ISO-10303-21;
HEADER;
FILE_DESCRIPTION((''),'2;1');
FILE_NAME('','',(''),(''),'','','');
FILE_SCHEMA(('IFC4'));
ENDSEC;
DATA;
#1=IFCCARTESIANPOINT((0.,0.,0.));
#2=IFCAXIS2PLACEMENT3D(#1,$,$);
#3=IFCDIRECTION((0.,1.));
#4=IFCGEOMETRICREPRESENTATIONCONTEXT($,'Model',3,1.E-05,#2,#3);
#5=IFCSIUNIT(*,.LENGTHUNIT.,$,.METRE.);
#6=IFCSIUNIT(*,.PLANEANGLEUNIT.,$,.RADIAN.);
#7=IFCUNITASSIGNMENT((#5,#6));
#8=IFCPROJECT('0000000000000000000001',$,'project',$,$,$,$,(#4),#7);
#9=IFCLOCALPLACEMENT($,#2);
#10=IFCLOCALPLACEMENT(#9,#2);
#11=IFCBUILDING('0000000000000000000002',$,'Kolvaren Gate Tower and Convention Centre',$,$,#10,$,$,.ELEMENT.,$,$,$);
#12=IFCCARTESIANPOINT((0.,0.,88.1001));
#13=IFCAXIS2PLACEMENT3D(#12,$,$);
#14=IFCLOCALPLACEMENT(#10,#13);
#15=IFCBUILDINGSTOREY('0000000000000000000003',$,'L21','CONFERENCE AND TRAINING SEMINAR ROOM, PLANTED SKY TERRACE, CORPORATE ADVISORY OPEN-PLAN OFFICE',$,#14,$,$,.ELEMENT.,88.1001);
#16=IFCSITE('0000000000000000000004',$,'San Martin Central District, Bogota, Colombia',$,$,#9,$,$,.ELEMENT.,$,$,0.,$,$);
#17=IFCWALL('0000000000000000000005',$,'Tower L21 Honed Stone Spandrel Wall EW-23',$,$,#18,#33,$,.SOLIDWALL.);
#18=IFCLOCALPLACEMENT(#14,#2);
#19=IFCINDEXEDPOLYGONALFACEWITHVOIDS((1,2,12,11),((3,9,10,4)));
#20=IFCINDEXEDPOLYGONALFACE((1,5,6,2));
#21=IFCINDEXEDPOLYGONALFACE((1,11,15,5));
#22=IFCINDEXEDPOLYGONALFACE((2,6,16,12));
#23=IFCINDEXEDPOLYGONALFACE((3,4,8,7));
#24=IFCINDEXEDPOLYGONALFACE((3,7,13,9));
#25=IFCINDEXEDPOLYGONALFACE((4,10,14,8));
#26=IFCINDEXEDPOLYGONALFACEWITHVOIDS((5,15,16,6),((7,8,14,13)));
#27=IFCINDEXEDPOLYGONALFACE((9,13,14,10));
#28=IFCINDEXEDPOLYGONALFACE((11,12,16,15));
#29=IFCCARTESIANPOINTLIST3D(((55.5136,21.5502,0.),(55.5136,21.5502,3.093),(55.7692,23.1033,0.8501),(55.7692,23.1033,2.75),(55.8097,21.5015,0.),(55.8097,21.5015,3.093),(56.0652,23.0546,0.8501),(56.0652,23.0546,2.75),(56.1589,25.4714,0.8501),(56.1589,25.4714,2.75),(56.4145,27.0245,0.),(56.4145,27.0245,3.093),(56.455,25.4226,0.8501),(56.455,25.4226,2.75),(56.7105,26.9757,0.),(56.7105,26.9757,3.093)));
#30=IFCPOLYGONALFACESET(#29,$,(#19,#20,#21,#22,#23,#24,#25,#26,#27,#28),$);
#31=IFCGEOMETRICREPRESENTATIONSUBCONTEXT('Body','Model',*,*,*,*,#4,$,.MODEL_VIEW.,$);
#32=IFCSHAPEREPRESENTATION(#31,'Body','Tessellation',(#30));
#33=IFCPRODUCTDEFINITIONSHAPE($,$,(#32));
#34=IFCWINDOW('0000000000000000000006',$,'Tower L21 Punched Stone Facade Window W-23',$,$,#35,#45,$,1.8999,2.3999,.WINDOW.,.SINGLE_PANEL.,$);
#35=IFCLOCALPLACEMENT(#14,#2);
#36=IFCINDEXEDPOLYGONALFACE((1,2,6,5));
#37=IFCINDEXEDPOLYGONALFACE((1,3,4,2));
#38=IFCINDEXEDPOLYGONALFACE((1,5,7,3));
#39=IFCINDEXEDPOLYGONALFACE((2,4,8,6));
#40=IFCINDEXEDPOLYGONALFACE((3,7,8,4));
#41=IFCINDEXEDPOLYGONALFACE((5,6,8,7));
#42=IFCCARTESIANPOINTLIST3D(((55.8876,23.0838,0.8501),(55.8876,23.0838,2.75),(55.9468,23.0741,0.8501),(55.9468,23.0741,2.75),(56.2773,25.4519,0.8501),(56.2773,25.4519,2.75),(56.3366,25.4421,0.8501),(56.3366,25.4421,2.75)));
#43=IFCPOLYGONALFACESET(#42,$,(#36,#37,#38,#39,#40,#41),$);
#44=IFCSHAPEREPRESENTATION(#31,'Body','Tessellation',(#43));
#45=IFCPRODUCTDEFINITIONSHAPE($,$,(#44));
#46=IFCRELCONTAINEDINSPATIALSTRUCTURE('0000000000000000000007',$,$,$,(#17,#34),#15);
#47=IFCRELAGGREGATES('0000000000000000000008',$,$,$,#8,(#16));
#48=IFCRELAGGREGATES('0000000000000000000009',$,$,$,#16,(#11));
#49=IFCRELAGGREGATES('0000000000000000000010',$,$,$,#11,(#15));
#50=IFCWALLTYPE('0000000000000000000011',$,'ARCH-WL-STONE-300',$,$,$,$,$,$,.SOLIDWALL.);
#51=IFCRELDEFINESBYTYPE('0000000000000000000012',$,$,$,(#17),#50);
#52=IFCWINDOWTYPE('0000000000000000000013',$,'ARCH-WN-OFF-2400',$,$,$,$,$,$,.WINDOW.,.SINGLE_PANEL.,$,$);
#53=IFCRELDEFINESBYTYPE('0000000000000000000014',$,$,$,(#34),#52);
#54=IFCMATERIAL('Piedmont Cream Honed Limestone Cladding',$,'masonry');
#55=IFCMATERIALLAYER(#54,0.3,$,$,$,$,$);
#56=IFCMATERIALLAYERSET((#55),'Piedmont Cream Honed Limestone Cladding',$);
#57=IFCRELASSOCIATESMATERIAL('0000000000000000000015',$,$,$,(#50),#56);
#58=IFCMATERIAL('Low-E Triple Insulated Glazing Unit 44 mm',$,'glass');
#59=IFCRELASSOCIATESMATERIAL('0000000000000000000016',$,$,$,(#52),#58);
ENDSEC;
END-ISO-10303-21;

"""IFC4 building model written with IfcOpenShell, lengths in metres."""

from ifc_helpers import new_model, si_unit, direction, frame, frame_2d, origin, place, context, subcontext, project, spatial, rectangle, extrude, material, layer, layer_set, type_object, element, fill, save


model = new_model("IFC4")

# Units and contexts
model_context = context("Model", 3, precision=1e-05, world=origin(), true_north=direction((0.0, 1.0)))
body_context = subcontext(model_context, "Body", "Model", "MODEL_VIEW")
ifc_project = project(units=[si_unit("LENGTHUNIT", "METRE"), si_unit("PLANEANGLEUNIT", "RADIAN")], contexts=[model_context])

# Site, building, storey
site_placement = place(None, origin())
site = spatial("IfcSite", under=ifc_project, at=site_placement, Name="San Martin Central District, Bogota, Colombia", CompositionType="ELEMENT", RefElevation=0.0)
building_placement = place(site_placement, origin())
building = spatial("IfcBuilding", under=site, at=building_placement, Name="Kolvaren Gate Tower and Convention Centre", CompositionType="ELEMENT")
storey_placement = place(building_placement, frame((0.0, 0.0, 88.1001)))
storey = spatial("IfcBuildingStorey", under=building, at=storey_placement, Name="L21", Description="CONFERENCE AND TRAINING SEMINAR ROOM, PLANTED SKY TERRACE, CORPORATE ADVISORY OPEN-PLAN OFFICE", CompositionType="ELEMENT", Elevation=88.1001)

# Wall, opening, window
ifc_material_1 = material(Name="Piedmont Cream Honed Limestone Cladding", Category="masonry")
ifc_layer_1 = layer(ifc_material_1, 0.3)
ifc_layer_set_1 = layer_set([ifc_layer_1], Name="Piedmont Cream Honed Limestone Cladding")
wall_type_1 = type_object("IfcWallType", Name="ARCH-WL-STONE-300", PredefinedType="SOLIDWALL", material=ifc_layer_set_1)
wall_1_placement = place(storey_placement, frame((55.6616, 21.5259, 0.0), z_axis=(0.0, 0.0, 1.0), x_axis=(0.162386, 0.986727, 0.0)))
wall_1 = element("IfcWall", 1, at=wall_1_placement, inside=storey, type_object=wall_type_1, Name="Tower L21 Honed Stone Spandrel Wall EW-23", PredefinedType="SOLIDWALL", context=body_context, shape_type="SweptSolid", body=[
    extrude(rectangle(XDim=5.5479, YDim=0.3, at=frame_2d((2.7739, 0.0))), origin(), (0.0, 0.0, 1.0), 3.093),
])
opening_1_placement = place(wall_1_placement, frame((1.574, 0.0, 0.8501)))
opening_1 = element("IfcOpeningElement", 2, at=opening_1_placement, cuts=wall_1, PredefinedType="OPENING", context=body_context, shape_type="SweptSolid", body=[
    extrude(rectangle(XDim=2.3999, YDim=1.8999, at=frame_2d((1.2, 0.95))), frame((0.0, 0.1599, 0.0), z_axis=(0.0, -1.0, 0.0), x_axis=(1.0, 0.0, 0.0)), (0.0, 0.0, 1.0), 0.3201),
])
ifc_material_2 = material(Name="Low-E Triple Insulated Glazing Unit 44 mm", Category="glass")
window_type = type_object("IfcWindowType", Name="ARCH-WN-OFF-2400", PartitioningType="SINGLE_PANEL", PredefinedType="WINDOW", material=ifc_material_2)
window_placement = place(opening_1_placement, origin())
window = element("IfcWindow", 3, at=window_placement, inside=storey, type_object=window_type, Name="Tower L21 Punched Stone Facade Window W-23", OverallHeight=1.8999, OverallWidth=2.3999, PartitioningType="SINGLE_PANEL", PredefinedType="WINDOW", context=body_context, shape_type="SweptSolid", body=[
    extrude(rectangle(XDim=2.3999, YDim=1.8999, at=frame_2d((1.2, 0.95))), frame((0.0, 0.03, 0.0), z_axis=(0.0, -1.0, 0.0), x_axis=(1.0, 0.0, 0.0)), (0.0, 0.0, 1.0), 0.0601),
])
fill(opening_1, window)

save(model, "model.ifc")
